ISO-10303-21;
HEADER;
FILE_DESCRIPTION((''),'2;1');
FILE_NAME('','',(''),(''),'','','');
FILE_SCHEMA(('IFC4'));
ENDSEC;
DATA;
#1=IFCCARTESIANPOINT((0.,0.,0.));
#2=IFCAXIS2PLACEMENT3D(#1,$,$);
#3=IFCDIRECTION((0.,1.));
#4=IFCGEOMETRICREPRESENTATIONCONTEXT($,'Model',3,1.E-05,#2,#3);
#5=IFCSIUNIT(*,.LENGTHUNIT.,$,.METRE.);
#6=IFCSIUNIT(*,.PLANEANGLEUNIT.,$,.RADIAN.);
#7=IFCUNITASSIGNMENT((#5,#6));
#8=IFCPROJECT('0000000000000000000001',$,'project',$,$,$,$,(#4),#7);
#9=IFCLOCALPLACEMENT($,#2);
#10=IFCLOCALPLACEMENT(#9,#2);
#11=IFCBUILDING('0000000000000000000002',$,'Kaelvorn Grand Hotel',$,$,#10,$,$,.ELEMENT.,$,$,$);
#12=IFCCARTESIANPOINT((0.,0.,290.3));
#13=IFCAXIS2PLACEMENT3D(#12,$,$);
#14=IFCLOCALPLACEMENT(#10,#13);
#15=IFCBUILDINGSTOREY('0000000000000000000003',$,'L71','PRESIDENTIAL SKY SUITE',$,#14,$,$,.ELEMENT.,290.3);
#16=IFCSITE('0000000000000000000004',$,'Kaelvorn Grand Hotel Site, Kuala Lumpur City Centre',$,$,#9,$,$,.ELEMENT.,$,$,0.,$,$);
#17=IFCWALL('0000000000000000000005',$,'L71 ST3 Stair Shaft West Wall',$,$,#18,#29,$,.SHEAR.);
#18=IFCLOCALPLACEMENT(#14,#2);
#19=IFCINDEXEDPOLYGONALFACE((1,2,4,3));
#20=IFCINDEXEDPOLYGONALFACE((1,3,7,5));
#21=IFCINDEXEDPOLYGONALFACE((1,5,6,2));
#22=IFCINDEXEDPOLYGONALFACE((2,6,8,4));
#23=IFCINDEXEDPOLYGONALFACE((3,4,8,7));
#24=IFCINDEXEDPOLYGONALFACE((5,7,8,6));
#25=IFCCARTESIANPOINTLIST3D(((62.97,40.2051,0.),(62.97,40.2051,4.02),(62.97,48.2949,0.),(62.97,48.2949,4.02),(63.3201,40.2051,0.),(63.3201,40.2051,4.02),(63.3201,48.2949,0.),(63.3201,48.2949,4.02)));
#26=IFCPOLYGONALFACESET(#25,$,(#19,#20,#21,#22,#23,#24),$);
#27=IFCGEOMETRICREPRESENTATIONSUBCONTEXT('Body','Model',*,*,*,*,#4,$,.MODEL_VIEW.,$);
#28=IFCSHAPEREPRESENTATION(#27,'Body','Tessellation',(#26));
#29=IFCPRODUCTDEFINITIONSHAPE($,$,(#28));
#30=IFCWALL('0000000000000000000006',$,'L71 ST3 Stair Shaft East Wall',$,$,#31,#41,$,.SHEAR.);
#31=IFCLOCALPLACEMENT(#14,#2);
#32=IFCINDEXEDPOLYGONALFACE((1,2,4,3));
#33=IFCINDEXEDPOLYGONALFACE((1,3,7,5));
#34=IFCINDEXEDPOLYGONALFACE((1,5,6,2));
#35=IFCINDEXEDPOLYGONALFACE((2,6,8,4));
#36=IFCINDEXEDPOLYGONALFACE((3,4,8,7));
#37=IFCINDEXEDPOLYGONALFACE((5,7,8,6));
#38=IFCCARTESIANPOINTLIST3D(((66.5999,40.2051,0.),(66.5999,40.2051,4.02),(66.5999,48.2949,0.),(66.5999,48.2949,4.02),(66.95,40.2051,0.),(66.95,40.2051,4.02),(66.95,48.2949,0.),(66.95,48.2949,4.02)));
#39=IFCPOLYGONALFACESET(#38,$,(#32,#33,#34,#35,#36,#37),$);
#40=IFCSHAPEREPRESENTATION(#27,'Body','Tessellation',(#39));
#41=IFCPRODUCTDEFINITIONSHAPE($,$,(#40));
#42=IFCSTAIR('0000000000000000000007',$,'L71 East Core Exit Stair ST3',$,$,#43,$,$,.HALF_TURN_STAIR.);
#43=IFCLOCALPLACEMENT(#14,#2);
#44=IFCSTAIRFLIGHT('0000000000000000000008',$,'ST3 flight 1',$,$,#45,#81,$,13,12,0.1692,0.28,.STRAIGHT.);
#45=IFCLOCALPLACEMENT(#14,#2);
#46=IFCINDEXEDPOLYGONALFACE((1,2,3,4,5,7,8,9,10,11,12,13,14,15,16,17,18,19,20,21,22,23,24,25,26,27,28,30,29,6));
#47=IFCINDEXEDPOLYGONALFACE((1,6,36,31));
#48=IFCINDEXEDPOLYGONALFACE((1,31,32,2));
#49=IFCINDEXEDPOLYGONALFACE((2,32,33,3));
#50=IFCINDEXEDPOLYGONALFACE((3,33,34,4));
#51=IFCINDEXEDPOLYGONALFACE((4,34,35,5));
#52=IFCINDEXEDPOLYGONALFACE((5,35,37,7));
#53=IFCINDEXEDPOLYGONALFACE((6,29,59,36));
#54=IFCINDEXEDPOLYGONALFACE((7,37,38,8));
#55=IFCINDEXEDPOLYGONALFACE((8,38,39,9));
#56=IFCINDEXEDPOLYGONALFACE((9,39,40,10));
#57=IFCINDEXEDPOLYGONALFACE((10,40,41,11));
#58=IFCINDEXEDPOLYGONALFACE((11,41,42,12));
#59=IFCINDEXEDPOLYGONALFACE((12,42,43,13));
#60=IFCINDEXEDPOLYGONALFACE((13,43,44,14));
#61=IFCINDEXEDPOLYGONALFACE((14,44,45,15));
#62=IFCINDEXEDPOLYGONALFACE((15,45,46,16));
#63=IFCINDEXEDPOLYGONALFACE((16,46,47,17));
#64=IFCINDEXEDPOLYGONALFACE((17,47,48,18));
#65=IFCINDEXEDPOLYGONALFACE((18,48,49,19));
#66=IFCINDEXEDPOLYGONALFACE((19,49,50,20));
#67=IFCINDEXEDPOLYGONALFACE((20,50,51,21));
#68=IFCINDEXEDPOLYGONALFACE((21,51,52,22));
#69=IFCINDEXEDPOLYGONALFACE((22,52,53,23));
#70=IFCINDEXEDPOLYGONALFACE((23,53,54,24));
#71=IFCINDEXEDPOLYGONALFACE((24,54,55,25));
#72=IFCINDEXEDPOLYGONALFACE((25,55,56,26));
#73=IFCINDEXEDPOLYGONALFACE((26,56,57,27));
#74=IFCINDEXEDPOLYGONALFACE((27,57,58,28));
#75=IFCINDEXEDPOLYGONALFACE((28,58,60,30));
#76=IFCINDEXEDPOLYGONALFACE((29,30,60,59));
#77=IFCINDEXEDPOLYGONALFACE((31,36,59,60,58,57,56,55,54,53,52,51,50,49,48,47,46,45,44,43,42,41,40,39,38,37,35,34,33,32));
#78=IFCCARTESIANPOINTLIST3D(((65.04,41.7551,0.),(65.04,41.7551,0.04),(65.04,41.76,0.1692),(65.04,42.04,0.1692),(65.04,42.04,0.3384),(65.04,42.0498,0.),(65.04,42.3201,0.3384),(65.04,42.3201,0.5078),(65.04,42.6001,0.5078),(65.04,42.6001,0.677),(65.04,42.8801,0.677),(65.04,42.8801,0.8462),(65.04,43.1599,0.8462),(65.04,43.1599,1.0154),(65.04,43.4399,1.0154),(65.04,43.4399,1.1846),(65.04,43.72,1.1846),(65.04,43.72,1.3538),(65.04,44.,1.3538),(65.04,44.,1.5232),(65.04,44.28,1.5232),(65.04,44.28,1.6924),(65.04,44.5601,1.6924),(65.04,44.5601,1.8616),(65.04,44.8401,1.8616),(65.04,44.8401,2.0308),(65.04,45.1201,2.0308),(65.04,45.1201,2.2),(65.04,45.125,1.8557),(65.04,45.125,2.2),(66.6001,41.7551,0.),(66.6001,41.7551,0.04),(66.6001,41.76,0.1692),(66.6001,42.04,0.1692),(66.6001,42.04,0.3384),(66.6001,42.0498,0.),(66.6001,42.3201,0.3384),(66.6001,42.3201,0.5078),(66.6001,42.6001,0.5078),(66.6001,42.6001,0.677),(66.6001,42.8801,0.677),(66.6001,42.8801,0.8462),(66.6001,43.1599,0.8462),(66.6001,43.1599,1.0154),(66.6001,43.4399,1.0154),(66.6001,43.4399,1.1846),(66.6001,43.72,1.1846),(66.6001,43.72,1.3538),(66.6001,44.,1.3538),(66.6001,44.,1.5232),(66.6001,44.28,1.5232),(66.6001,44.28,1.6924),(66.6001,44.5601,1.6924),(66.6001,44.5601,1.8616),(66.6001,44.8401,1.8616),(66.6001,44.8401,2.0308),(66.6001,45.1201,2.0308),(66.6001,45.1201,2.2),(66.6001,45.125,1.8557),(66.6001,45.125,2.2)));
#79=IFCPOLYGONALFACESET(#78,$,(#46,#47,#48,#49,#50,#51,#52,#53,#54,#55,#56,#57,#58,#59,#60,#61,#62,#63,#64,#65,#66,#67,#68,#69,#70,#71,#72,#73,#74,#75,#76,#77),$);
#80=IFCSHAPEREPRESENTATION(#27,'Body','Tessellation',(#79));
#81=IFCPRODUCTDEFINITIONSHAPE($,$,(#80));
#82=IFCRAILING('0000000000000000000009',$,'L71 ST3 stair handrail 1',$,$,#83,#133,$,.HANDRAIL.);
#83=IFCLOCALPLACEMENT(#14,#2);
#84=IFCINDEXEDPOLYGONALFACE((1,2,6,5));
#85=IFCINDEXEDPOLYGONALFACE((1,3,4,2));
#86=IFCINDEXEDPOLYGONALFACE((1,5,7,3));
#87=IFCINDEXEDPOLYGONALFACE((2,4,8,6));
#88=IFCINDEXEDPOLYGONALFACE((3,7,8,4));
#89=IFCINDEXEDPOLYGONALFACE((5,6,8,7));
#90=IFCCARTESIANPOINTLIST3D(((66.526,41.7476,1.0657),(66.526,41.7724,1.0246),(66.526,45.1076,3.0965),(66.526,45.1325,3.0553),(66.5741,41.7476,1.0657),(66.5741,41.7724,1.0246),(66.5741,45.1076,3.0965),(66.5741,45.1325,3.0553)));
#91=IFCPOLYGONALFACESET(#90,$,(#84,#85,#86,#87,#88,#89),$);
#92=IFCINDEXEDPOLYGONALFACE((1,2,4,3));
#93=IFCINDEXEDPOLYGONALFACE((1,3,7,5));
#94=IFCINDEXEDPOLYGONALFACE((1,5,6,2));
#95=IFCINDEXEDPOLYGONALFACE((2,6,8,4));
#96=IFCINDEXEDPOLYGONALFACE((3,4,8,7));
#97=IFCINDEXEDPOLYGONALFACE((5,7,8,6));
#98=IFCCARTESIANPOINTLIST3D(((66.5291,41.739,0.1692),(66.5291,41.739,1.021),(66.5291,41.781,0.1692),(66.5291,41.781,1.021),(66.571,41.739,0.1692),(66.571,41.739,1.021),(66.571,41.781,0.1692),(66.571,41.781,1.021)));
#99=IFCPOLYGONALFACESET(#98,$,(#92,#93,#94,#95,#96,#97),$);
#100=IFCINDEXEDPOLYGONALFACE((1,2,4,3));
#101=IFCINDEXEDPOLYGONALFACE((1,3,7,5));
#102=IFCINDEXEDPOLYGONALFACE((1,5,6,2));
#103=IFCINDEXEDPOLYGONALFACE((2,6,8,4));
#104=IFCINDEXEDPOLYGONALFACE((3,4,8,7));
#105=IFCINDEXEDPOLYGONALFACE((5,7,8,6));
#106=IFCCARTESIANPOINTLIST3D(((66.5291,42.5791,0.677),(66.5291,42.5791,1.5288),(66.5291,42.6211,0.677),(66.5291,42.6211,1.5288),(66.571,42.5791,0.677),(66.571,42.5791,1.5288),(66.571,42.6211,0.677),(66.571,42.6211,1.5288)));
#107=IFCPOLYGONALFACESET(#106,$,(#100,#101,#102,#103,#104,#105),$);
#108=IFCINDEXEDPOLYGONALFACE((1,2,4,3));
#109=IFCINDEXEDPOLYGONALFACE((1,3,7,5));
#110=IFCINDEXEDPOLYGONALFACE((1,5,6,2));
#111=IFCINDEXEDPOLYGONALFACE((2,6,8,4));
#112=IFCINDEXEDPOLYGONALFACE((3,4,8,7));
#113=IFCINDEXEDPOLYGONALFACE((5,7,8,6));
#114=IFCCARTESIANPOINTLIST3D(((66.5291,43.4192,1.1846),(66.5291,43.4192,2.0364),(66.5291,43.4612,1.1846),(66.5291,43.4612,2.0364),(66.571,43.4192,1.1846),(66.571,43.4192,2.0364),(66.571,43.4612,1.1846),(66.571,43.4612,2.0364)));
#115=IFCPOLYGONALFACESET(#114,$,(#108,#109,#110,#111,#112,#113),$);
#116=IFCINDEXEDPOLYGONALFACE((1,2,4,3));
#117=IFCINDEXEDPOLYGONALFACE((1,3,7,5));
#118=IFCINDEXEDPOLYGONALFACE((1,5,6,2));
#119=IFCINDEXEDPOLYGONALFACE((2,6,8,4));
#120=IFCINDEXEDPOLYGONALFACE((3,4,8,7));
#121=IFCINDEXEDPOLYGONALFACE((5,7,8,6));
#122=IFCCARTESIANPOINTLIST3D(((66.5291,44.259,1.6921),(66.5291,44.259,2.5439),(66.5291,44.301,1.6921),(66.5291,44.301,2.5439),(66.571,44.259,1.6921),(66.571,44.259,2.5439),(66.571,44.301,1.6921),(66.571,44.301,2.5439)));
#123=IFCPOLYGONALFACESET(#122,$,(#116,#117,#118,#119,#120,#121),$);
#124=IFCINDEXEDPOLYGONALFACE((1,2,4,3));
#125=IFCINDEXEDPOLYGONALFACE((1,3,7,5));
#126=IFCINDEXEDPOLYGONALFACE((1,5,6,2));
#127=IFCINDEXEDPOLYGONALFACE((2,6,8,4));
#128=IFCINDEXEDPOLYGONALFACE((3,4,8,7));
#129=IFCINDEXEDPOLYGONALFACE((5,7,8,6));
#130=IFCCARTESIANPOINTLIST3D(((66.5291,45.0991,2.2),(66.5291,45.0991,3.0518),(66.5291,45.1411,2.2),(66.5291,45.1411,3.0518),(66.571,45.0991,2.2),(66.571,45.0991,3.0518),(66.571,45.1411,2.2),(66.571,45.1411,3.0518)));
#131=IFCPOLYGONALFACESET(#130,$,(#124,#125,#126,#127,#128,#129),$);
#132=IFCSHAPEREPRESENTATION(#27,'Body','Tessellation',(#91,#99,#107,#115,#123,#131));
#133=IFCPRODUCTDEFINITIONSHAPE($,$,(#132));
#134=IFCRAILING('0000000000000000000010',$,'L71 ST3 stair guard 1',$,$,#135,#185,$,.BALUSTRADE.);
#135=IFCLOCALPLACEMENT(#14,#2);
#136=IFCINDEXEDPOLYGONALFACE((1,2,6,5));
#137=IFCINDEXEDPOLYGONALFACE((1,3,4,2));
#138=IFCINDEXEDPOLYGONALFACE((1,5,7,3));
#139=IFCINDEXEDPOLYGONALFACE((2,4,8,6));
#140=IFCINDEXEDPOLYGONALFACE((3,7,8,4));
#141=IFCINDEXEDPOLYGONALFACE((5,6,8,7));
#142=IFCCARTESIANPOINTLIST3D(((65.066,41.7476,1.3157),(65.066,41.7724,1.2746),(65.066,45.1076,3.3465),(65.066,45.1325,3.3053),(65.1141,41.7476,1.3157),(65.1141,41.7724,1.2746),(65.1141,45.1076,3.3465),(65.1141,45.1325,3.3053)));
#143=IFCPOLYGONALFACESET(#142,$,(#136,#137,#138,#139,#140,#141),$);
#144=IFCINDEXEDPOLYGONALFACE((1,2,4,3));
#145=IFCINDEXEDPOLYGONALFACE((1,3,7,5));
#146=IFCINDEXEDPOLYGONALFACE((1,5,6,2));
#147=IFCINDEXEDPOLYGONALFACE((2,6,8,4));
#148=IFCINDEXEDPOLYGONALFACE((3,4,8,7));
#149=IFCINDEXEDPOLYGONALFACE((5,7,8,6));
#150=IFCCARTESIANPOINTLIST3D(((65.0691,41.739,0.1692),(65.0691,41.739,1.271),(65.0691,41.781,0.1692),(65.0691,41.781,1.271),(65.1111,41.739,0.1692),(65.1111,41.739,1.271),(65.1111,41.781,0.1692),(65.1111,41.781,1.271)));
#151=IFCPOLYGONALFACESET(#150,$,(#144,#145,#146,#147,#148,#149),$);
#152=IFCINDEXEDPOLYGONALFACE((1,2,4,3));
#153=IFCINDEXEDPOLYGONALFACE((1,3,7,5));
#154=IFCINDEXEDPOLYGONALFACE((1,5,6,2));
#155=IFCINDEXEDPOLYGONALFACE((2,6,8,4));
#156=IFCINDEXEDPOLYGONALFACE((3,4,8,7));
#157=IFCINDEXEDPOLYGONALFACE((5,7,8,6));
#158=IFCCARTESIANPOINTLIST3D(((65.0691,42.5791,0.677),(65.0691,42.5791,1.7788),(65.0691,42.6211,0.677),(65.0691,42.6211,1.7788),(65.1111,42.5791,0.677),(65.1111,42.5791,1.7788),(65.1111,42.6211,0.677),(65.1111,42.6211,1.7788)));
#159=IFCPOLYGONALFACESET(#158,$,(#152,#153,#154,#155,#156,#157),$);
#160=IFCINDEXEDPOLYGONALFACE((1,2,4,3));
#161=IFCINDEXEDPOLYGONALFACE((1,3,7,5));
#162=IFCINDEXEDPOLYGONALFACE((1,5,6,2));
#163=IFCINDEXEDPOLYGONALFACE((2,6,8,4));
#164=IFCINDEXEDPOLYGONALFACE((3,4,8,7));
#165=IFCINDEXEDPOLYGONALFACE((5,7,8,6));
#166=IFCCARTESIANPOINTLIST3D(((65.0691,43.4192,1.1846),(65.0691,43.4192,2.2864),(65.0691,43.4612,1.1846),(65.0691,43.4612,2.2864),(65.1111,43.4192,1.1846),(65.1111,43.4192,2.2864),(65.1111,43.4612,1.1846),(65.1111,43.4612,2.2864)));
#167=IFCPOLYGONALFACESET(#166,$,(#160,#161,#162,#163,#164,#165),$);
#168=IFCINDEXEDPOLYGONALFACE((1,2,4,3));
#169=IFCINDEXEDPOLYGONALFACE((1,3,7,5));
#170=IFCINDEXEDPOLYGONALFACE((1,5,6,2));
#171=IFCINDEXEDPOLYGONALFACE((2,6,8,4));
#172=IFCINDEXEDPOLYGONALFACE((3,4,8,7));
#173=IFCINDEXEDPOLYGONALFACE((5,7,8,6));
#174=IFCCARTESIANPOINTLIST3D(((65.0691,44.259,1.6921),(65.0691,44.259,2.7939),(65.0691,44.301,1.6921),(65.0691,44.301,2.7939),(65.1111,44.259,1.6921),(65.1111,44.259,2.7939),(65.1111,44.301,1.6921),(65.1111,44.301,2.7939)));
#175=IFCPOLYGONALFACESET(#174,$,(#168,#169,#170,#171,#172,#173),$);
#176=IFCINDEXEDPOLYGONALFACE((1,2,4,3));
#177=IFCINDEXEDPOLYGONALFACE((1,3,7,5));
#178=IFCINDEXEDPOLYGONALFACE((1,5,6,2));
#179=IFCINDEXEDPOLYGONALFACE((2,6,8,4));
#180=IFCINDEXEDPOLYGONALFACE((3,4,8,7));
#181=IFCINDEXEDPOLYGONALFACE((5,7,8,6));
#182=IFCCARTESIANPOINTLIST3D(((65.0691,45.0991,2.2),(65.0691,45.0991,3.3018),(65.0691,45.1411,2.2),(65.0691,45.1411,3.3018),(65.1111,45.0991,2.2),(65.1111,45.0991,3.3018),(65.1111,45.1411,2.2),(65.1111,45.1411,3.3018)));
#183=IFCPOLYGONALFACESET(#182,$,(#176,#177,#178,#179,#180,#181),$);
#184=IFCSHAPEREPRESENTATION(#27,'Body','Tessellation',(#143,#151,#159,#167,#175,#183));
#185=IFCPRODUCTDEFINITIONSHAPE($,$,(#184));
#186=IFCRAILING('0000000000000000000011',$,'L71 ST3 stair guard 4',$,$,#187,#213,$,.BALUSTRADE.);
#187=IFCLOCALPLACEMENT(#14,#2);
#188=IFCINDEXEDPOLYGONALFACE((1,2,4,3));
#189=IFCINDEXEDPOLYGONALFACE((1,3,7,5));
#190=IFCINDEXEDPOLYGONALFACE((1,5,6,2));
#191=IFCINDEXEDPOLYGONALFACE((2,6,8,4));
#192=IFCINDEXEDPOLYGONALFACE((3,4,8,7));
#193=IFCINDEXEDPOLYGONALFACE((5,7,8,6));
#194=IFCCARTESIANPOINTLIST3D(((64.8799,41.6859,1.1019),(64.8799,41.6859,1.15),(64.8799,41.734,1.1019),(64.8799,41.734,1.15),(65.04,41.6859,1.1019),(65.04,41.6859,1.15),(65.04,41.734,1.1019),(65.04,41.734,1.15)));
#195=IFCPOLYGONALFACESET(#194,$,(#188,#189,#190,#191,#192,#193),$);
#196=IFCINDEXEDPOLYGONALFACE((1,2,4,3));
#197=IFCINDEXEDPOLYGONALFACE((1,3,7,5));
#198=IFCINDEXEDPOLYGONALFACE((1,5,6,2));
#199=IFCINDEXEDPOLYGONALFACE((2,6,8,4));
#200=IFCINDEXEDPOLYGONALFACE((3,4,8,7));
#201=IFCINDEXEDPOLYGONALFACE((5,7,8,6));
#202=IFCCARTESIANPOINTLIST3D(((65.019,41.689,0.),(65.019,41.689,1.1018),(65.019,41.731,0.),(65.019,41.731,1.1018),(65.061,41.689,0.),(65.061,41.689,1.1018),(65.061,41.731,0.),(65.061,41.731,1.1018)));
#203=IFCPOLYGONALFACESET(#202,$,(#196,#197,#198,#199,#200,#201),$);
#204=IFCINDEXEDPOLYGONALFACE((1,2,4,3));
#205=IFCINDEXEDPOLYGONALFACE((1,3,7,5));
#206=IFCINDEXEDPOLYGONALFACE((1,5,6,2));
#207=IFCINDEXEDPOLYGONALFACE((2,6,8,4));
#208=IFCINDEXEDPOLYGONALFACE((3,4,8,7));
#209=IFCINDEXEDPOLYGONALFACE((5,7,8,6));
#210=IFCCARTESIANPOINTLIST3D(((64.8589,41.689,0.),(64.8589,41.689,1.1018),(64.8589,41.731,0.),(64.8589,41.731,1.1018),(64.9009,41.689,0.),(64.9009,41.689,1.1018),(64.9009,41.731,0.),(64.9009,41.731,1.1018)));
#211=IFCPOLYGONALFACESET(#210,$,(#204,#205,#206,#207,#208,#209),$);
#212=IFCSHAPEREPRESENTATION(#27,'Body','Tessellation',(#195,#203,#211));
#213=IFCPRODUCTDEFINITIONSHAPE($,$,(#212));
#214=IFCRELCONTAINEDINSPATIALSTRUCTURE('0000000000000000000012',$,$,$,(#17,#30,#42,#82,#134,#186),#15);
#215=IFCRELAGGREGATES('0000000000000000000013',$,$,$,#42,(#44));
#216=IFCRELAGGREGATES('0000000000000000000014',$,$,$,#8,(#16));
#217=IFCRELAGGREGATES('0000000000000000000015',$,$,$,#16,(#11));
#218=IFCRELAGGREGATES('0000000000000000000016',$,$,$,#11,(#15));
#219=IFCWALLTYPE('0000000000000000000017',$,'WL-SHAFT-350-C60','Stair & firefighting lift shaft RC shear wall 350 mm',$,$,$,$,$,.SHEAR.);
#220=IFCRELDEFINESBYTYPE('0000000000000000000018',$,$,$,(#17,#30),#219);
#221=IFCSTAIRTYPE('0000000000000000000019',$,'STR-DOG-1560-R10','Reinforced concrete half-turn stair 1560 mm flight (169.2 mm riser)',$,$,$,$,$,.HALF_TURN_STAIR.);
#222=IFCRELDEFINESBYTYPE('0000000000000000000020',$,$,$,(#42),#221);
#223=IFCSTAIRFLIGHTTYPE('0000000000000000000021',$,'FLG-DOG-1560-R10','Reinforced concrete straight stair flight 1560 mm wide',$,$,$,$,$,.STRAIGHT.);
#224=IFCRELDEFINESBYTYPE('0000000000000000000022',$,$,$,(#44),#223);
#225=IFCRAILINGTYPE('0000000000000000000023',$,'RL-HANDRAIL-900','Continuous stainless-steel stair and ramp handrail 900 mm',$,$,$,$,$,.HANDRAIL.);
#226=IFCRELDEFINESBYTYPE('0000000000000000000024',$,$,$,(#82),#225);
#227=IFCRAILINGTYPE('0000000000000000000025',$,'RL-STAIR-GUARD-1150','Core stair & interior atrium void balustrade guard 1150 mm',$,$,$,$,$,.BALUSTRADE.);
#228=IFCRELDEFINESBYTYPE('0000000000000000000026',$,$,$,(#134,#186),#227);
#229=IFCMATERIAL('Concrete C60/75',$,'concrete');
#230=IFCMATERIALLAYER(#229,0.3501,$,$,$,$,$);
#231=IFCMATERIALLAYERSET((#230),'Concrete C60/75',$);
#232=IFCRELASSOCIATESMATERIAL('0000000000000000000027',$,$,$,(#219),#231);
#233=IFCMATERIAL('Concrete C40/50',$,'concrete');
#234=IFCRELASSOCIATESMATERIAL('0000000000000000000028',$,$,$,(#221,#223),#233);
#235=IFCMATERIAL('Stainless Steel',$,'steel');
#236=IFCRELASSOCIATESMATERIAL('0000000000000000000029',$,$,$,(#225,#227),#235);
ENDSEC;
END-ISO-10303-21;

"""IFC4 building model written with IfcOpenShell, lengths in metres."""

from ifc_helpers import new_model, si_unit, direction, frame, frame_2d, origin, origin_2d, place, context, subcontext, project, spatial, polyline, rectangle, outline, extrude, material, layer, layer_set, type_object, element, aggregate, save


model = new_model("IFC4")

# Units and contexts
model_context = context("Model", 3, precision=1e-05, world=origin(), true_north=direction((0.0, 1.0)))
body_context = subcontext(model_context, "Body", "Model", "MODEL_VIEW")
ifc_project = project(units=[si_unit("LENGTHUNIT", "METRE"), si_unit("PLANEANGLEUNIT", "RADIAN")], contexts=[model_context])

# Site, building, storey
site_placement = place(None, origin())
site = spatial("IfcSite", under=ifc_project, at=site_placement, Name="Kaelvorn Grand Hotel Site, Kuala Lumpur City Centre", CompositionType="ELEMENT", RefElevation=0.0)
building_placement = place(site_placement, origin())
building = spatial("IfcBuilding", under=site, at=building_placement, Name="Kaelvorn Grand Hotel", CompositionType="ELEMENT")
storey_placement = place(building_placement, frame((0.0, 0.0, 290.3)))
storey = spatial("IfcBuildingStorey", under=building, at=storey_placement, Name="L71", Description="PRESIDENTIAL SKY SUITE", CompositionType="ELEMENT", Elevation=290.3)

# Shared definitions
ifc_material_1 = material(Name="Concrete C40/50", Category="concrete")

# Shared definitions
ifc_material_2 = material(Name="Stainless Steel", Category="steel")

# Shared definitions
ifc_material_3 = material(Name="Concrete C60/75", Category="concrete")
ifc_layer_1 = layer(ifc_material_3, 0.3501)
ifc_layer_set_1 = layer_set([ifc_layer_1], Name="Concrete C60/75")
wall_type_1 = type_object("IfcWallType", Name="WL-SHAFT-350-C60", Description="Stair & firefighting lift shaft RC shear wall 350 mm", PredefinedType="SHEAR", material=ifc_layer_set_1)

# Walls
for number, where, z_axis, x_axis, name in (
    (1, (63.145, 40.2051, 0.0), (0.0, 0.0, 1.0), (0.0, 1.0, 0.0), "L71 ST3 Stair Shaft West Wall"),
    (2, (66.7749, 40.2051, 0.0), (0.0, 0.0, 1.0), (0.0, 1.0, 0.0), "L71 ST3 Stair Shaft East Wall"),
):
    element("IfcWall", number, at=place(storey_placement, frame(where, z_axis=z_axis, x_axis=x_axis)), inside=storey, type_object=wall_type_1, Name=name, PredefinedType="SHEAR", context=body_context, shape_type="SweptSolid", body=[
        extrude(rectangle(XDim=8.0898, YDim=0.3501, at=frame_2d((4.0449, 0.0))), origin(), (0.0, 0.0, 1.0), 4.02),
    ])

# Stair, stair flight
stair_type = type_object("IfcStairType", Name="STR-DOG-1560-R10", Description="Reinforced concrete half-turn stair 1560 mm flight (169.2 mm riser)", PredefinedType="HALF_TURN_STAIR", material=ifc_material_1)
stair_placement = place(storey_placement, origin())
stair = element("IfcStair", 3, at=stair_placement, inside=storey, type_object=stair_type, Name="L71 East Core Exit Stair ST3", PredefinedType="HALF_TURN_STAIR")
stair_flight_type = type_object("IfcStairFlightType", Name="FLG-DOG-1560-R10", Description="Reinforced concrete straight stair flight 1560 mm wide", PredefinedType="STRAIGHT", material=ifc_material_1)
stair_flight_placement = place(storey_placement, frame((65.8201, 41.76, 0.0), z_axis=(0.0, 0.0, 1.0), x_axis=(0.0, 1.0, 0.0)))
stair_flight = element("IfcStairFlight", 4, at=stair_flight_placement, type_object=stair_flight_type, Name="ST3 flight 1", NumberOfRisers=13, NumberOfTreads=12, PredefinedType="STRAIGHT", RiserHeight=0.1692, TreadLength=0.28, context=body_context, shape_type="SweptSolid", body=[
    extrude(outline(polyline([(-0.0049, 0.0), (-0.0049, 0.04), (0.0, 0.1692), (0.28, 0.1692), (0.28, 0.3384), (0.5601, 0.3384), (0.5601, 0.5078), (0.8401, 0.5078), (0.8401, 0.677), (1.1201, 0.677), (1.1201, 0.8462), (1.3999, 0.8462), (1.3999, 1.0154), (1.6799, 1.0154), (1.6799, 1.1846), (1.96, 1.1846), (1.96, 1.3538), (2.24, 1.3538), (2.24, 1.5232), (2.52, 1.5232), (2.52, 1.6924), (2.8, 1.6924), (2.8, 1.8616), (3.0801, 1.8616), (3.0801, 2.0308), (3.3601, 2.0308), (3.3601, 2.2), (3.365, 2.2), (3.365, 1.8557), (0.2898, 0.0), (-0.0049, 0.0)])), frame((0.0, 0.78, 0.0), z_axis=(0.0, -1.0, 0.0), x_axis=(1.0, 0.0, 0.0)), (0.0, 0.0, 1.0), 1.5601),
])
aggregate(stair, [stair_flight])

# Railings
railing_type_1 = type_object("IfcRailingType", Name="RL-HANDRAIL-900", Description="Continuous stainless-steel stair and ramp handrail 900 mm", PredefinedType="HANDRAIL", material=ifc_material_2)
railing_1_placement = place(storey_placement, frame((66.55, 41.76, 0.1692)))
element("IfcRailing", 5, at=railing_1_placement, inside=storey, type_object=railing_type_1, Name="L71 ST3 stair handrail 1", PredefinedType="HANDRAIL", context=body_context, shape_type="SweptSolid", body=[
    extrude(rectangle(XDim=0.0481, YDim=0.0481, at=origin_2d()), frame((0.0, 0.0, 0.876), z_axis=(0.0, 0.855837, 0.517246), x_axis=(-1.0, 0.0, 0.0)), (0.0, 0.0, 1.0), 3.926),
    extrude(rectangle(XDim=0.042, YDim=0.042, at=origin_2d()), origin(), (0.0, 0.0, 1.0), 0.8518),
    extrude(rectangle(XDim=0.042, YDim=0.042, at=origin_2d()), frame((0.0, 0.8401, 0.5078)), (0.0, 0.0, 1.0), 0.8518),
    extrude(rectangle(XDim=0.042, YDim=0.042, at=origin_2d()), frame((0.0, 1.6802, 1.0154)), (0.0, 0.0, 1.0), 0.8518),
    extrude(rectangle(XDim=0.042, YDim=0.042, at=origin_2d()), frame((0.0, 2.52, 1.5229)), (0.0, 0.0, 1.0), 0.8518),
    extrude(rectangle(XDim=0.042, YDim=0.042, at=origin_2d()), frame((0.0, 3.3601, 2.0308)), (0.0, 0.0, 1.0), 0.8518),
])
railing_type_2 = type_object("IfcRailingType", Name="RL-STAIR-GUARD-1150", Description="Core stair & interior atrium void balustrade guard 1150 mm", PredefinedType="BALUSTRADE", material=ifc_material_2)
railing_2_placement = place(storey_placement, frame((65.0901, 41.76, 0.1692)))
element("IfcRailing", 6, at=railing_2_placement, inside=storey, type_object=railing_type_2, Name="L71 ST3 stair guard 1", PredefinedType="BALUSTRADE", context=body_context, shape_type="SweptSolid", body=[
    extrude(rectangle(XDim=0.0481, YDim=0.0481, at=origin_2d()), frame((0.0, 0.0, 1.126), z_axis=(0.0, 0.855837, 0.517246), x_axis=(-1.0, 0.0, 0.0)), (0.0, 0.0, 1.0), 3.926),
    extrude(rectangle(XDim=0.042, YDim=0.042, at=origin_2d()), origin(), (0.0, 0.0, 1.0), 1.1018),
    extrude(rectangle(XDim=0.042, YDim=0.042, at=origin_2d()), frame((0.0, 0.8401, 0.5078)), (0.0, 0.0, 1.0), 1.1018),
    extrude(rectangle(XDim=0.042, YDim=0.042, at=origin_2d()), frame((0.0, 1.6802, 1.0154)), (0.0, 0.0, 1.0), 1.1018),
    extrude(rectangle(XDim=0.042, YDim=0.042, at=origin_2d()), frame((0.0, 2.52, 1.5229)), (0.0, 0.0, 1.0), 1.1018),
    extrude(rectangle(XDim=0.042, YDim=0.042, at=origin_2d()), frame((0.0, 3.3601, 2.0308)), (0.0, 0.0, 1.0), 1.1018),
])
railing_3_placement = place(storey_placement, frame((65.04, 41.71, 0.0)))
element("IfcRailing", 7, at=railing_3_placement, inside=storey, type_object=railing_type_2, Name="L71 ST3 stair guard 4", PredefinedType="BALUSTRADE", context=body_context, shape_type="SweptSolid", body=[
    extrude(rectangle(XDim=0.0481, YDim=0.0481, at=origin_2d()), frame((0.0, 0.0, 1.126), z_axis=(-1.0, 0.0, 0.0), x_axis=(0.0, -1.0, 0.0)), (0.0, 0.0, 1.0), 0.1602),
    extrude(rectangle(XDim=0.042, YDim=0.042, at=origin_2d()), origin(), (0.0, 0.0, 1.0), 1.1018),
    extrude(rectangle(XDim=0.042, YDim=0.042, at=origin_2d()), frame((-0.1602, 0.0, 0.0)), (0.0, 0.0, 1.0), 1.1018),
])

save(model, "model.ifc")
